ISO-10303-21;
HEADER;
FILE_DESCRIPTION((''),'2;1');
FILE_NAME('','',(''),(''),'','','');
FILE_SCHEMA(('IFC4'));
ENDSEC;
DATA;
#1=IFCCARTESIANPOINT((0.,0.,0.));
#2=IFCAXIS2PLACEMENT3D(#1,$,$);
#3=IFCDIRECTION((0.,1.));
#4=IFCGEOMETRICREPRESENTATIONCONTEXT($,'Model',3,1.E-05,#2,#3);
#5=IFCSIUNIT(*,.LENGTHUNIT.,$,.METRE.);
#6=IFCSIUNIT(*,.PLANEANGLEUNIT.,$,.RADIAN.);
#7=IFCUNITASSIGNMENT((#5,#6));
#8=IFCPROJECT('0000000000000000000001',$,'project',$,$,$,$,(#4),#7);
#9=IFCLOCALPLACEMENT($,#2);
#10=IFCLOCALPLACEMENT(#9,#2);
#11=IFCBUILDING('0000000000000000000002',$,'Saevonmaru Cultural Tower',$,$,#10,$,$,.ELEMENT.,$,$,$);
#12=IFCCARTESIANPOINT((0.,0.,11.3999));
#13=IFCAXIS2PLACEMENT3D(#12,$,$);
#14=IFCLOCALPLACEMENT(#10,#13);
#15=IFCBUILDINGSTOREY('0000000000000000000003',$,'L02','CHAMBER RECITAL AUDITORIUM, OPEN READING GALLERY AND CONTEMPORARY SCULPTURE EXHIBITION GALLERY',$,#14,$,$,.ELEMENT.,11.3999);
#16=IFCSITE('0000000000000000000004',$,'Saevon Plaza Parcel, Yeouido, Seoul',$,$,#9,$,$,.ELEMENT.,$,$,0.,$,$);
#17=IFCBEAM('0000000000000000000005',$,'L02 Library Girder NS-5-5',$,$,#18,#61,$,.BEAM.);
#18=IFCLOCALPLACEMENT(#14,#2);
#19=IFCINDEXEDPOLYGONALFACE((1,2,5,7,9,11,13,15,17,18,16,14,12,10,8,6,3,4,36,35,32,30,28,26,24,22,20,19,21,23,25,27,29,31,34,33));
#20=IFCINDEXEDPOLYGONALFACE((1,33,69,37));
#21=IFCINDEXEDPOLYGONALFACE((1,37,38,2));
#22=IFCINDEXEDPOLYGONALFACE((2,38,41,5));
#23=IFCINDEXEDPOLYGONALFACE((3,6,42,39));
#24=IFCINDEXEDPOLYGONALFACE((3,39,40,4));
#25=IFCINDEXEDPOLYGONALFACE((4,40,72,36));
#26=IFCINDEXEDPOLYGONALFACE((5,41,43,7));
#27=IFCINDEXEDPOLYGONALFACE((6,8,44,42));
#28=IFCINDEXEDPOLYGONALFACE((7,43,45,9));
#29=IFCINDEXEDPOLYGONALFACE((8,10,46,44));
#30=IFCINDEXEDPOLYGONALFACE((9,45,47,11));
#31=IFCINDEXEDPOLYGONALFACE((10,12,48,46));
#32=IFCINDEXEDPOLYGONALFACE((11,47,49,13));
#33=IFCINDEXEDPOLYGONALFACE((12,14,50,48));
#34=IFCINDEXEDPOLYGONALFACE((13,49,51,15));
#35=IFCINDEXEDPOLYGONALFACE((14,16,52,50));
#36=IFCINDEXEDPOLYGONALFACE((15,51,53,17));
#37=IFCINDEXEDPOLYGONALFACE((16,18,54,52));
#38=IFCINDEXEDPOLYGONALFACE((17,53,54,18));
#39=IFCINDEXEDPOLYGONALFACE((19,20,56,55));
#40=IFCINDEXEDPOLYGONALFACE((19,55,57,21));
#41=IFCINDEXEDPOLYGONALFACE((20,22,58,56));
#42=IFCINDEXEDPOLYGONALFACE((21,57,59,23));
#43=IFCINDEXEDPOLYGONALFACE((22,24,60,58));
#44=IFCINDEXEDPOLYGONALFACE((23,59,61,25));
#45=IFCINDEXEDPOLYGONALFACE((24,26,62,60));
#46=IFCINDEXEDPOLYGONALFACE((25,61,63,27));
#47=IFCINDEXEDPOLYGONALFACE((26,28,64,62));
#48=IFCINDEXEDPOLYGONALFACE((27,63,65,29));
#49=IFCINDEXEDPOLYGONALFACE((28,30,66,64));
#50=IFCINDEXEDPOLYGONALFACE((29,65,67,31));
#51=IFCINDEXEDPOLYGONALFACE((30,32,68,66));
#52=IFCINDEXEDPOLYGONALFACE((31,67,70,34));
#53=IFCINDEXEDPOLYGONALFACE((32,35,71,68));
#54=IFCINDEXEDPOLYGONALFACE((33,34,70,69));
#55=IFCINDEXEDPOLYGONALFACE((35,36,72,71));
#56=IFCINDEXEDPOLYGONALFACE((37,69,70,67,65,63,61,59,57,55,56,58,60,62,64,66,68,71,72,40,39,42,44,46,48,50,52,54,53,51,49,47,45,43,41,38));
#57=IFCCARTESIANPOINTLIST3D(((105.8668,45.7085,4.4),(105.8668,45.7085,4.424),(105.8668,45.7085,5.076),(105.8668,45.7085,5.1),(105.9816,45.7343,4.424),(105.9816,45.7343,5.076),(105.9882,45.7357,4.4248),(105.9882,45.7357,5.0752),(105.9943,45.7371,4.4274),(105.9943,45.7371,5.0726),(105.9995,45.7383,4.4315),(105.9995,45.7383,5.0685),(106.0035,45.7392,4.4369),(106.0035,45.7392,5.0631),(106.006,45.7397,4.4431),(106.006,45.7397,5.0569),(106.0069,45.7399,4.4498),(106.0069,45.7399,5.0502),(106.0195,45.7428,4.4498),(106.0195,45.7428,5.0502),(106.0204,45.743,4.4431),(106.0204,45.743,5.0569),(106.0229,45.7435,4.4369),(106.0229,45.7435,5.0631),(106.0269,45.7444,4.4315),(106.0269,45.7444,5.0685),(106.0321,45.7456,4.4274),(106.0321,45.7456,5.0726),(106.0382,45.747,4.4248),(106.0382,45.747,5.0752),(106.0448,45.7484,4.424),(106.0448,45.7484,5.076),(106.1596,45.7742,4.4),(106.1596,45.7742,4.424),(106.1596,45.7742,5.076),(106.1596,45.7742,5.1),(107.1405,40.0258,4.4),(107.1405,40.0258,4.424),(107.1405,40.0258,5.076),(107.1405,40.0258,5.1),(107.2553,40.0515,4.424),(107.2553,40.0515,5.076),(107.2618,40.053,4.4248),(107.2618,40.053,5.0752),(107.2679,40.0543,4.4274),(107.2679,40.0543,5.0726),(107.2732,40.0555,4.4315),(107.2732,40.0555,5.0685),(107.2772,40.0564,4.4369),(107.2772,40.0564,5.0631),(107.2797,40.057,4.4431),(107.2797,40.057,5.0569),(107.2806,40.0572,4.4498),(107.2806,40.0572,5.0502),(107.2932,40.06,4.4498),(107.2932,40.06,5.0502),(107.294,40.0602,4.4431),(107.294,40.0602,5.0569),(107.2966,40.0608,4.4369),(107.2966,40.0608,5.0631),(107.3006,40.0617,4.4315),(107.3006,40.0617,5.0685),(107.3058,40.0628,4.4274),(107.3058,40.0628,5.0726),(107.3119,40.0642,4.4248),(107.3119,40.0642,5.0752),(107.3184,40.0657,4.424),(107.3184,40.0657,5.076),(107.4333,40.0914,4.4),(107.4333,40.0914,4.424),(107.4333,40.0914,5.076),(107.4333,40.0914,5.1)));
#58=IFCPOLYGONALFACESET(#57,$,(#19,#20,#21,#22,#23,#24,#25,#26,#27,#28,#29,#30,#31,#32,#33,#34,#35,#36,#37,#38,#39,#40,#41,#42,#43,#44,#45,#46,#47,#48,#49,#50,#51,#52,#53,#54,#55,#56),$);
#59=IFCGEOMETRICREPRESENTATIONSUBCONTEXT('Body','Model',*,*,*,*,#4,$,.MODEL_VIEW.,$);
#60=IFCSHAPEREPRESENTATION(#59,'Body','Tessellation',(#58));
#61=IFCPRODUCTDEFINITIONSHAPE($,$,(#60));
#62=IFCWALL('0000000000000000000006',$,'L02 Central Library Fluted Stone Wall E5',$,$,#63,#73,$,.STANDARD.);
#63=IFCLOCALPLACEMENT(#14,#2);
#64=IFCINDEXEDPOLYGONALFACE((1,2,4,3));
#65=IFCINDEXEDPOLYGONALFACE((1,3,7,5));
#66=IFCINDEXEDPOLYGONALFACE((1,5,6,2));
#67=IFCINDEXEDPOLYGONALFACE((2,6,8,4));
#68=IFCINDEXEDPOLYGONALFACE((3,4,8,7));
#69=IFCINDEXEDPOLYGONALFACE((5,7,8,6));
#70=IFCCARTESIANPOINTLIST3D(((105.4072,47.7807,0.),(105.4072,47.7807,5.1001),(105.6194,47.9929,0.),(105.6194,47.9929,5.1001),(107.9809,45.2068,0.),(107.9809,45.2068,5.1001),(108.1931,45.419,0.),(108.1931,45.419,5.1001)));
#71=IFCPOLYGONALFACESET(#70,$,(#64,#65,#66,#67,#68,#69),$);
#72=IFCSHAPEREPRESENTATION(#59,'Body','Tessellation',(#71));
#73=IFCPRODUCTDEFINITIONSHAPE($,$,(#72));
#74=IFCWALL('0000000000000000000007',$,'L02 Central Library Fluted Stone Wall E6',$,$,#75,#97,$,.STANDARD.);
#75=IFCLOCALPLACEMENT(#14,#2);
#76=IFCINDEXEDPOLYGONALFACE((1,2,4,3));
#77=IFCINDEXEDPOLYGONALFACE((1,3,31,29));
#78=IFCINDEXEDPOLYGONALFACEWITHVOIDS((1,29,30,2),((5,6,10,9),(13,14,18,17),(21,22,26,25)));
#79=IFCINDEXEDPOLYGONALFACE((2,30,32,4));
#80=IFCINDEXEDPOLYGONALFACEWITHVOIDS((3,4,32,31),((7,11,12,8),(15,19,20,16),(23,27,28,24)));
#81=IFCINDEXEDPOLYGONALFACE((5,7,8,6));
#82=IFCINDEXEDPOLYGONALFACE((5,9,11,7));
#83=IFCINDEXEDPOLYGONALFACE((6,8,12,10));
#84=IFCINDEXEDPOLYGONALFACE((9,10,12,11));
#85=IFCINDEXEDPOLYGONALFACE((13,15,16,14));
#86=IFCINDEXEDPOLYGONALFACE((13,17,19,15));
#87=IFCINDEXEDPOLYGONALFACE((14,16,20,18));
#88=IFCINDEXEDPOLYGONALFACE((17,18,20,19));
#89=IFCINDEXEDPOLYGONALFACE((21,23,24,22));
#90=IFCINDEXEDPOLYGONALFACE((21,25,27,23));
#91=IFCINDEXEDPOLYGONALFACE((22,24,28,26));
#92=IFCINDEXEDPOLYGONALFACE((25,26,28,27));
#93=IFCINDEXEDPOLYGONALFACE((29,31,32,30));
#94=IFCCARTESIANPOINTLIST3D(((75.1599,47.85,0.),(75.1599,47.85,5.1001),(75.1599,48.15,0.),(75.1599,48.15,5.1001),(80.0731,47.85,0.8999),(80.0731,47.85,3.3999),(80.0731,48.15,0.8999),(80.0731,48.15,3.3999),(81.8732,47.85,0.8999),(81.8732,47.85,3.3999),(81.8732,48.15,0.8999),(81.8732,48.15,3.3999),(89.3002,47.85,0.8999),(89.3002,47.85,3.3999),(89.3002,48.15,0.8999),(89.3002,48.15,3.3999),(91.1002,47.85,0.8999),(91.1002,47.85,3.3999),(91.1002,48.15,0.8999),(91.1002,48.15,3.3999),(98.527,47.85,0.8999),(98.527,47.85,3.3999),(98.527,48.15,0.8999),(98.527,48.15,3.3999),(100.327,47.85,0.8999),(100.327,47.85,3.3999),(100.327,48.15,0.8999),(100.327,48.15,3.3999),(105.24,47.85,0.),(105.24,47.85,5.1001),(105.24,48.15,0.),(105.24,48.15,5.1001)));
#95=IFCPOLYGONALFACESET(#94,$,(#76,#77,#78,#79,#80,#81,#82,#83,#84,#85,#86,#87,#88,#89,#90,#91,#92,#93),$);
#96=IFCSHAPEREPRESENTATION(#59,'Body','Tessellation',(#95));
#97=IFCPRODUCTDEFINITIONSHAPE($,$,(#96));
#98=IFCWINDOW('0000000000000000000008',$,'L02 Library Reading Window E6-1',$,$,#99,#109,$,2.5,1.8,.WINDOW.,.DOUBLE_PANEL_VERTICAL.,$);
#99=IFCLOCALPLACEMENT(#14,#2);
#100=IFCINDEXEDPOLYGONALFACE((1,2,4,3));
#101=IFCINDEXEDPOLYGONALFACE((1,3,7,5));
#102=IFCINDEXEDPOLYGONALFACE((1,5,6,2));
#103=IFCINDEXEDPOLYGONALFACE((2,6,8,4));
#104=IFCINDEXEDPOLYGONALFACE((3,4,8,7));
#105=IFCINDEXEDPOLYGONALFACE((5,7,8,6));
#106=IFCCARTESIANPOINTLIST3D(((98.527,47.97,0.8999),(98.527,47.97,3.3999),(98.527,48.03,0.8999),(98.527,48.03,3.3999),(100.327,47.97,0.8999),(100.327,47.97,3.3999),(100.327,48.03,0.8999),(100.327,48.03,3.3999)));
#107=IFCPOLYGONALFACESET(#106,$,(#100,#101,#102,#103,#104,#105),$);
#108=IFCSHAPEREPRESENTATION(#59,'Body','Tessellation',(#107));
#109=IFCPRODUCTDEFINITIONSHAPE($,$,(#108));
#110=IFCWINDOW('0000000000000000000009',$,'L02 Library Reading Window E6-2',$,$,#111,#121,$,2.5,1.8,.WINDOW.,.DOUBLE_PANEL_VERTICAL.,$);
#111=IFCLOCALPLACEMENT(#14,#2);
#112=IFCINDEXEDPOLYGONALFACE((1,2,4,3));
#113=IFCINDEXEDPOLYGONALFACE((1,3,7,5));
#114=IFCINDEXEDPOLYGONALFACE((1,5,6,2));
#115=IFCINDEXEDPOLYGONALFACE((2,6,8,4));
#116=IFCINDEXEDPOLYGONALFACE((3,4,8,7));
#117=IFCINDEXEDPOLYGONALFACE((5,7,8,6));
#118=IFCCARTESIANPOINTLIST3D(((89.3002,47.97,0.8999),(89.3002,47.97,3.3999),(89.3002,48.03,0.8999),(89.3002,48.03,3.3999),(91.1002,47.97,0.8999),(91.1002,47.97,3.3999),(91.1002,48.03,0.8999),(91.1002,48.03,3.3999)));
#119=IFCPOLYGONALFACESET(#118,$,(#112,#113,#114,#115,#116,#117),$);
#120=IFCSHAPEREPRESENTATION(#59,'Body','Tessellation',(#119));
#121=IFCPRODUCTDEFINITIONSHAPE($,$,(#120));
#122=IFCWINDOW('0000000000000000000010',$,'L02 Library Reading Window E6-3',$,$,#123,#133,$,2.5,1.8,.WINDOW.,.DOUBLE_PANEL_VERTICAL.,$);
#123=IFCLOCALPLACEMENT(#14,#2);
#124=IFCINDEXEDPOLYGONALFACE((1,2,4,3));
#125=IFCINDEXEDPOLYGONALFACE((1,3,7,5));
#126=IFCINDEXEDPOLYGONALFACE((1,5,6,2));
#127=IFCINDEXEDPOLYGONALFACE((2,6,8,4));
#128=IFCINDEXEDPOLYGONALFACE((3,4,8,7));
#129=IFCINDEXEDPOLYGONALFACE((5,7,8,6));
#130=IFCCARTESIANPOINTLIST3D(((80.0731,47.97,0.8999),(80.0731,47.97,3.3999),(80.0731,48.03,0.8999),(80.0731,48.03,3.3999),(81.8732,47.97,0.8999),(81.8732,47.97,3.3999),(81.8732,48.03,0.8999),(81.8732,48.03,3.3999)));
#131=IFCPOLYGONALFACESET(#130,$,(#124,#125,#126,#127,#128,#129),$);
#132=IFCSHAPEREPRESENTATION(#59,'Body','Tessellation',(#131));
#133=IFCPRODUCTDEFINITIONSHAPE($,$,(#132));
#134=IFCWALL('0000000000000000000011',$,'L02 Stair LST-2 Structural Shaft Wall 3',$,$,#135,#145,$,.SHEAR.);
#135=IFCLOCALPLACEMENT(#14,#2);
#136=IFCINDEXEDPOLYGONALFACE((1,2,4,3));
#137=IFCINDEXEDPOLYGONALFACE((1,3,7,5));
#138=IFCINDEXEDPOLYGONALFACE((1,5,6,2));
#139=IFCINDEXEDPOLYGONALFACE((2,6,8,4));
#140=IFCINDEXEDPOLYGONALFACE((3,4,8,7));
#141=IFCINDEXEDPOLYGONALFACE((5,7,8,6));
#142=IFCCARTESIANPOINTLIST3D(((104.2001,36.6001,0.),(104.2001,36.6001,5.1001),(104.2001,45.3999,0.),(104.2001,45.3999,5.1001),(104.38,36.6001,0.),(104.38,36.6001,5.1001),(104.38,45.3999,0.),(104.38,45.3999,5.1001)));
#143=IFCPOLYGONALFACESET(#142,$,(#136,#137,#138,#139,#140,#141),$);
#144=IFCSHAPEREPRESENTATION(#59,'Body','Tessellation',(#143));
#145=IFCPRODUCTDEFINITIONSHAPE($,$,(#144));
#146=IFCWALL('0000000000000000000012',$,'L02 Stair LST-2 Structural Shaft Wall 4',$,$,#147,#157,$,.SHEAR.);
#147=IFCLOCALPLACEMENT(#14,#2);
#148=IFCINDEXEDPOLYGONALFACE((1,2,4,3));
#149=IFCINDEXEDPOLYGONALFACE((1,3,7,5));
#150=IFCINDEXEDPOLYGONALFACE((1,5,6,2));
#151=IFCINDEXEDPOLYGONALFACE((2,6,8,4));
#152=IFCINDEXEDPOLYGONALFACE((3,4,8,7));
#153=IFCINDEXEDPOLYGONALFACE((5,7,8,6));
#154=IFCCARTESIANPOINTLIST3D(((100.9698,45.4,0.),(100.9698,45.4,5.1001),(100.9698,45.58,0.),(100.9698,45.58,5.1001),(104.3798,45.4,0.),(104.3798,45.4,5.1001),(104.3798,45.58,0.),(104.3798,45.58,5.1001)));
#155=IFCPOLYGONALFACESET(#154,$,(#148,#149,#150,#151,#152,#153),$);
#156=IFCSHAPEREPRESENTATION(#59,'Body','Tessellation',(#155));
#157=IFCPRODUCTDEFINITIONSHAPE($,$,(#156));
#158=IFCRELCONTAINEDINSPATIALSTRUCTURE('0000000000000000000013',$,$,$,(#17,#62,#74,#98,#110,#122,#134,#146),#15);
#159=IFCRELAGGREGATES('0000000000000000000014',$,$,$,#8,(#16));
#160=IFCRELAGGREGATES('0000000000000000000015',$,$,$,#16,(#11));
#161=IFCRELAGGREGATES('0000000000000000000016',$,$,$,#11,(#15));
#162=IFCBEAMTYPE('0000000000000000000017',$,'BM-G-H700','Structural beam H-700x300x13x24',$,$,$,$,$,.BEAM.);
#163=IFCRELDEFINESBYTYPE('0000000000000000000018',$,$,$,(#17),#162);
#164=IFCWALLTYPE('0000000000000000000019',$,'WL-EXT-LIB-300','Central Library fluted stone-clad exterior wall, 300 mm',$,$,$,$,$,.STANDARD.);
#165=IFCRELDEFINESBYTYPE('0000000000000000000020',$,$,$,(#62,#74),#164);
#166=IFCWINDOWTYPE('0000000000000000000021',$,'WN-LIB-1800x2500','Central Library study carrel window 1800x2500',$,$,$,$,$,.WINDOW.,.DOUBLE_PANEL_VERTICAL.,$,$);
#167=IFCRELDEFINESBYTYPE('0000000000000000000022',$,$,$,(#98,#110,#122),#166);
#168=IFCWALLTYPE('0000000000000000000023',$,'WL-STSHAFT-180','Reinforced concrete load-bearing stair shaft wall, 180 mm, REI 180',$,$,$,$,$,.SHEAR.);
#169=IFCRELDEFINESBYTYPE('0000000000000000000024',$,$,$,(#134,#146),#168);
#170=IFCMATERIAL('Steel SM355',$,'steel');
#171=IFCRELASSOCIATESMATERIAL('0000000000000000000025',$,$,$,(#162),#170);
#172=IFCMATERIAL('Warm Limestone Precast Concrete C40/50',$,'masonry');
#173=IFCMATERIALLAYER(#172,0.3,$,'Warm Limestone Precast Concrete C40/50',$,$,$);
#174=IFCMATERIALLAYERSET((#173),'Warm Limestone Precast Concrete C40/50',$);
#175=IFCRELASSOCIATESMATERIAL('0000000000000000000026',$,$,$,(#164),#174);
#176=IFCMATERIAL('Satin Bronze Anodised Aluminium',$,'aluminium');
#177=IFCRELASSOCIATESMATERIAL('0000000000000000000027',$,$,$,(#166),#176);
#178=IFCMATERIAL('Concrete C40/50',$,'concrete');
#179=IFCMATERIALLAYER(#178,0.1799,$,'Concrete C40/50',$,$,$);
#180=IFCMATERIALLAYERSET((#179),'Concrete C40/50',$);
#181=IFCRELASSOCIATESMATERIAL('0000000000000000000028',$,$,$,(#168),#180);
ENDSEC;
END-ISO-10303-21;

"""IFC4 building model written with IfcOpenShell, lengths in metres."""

from ifc_helpers import new_model, si_unit, direction, frame, frame_2d, origin, origin_2d, place, context, subcontext, project, spatial, rectangle, i_section, extrude, material, layer, layer_set, material_profile, profile_set, type_object, element, fill, save


model = new_model("IFC4")

# Units and contexts
model_context = context("Model", 3, precision=1e-05, world=origin(), true_north=direction((0.0, 1.0)))
body_context = subcontext(model_context, "Body", "Model", "MODEL_VIEW")
ifc_project = project(units=[si_unit("LENGTHUNIT", "METRE"), si_unit("PLANEANGLEUNIT", "RADIAN")], contexts=[model_context])

# Site, building, storey
site_placement = place(None, origin())
site = spatial("IfcSite", under=ifc_project, at=site_placement, Name="Saevon Plaza Parcel, Yeouido, Seoul", CompositionType="ELEMENT", RefElevation=0.0)
building_placement = place(site_placement, origin())
building = spatial("IfcBuilding", under=site, at=building_placement, Name="Saevonmaru Cultural Tower", CompositionType="ELEMENT")
storey_placement = place(building_placement, frame((0.0, 0.0, 11.3999)))
storey = spatial("IfcBuildingStorey", under=building, at=storey_placement, Name="L02", Description="CHAMBER RECITAL AUDITORIUM, OPEN READING GALLERY AND CONTEMPORARY SCULPTURE EXHIBITION GALLERY", CompositionType="ELEMENT", Elevation=11.3999)

# Shared definitions
ifc_material_1 = material(Name="Steel SM355", Category="steel")

# Beam
ifc_material_profile_1 = material_profile(ifc_material_1, i_section(OverallWidth=0.3, OverallDepth=0.7, WebThickness=0.0129, FlangeThickness=0.0239, FilletRadius=0.0259, at=origin_2d()), Name="H-700x300x13x24")
ifc_profile_set_1 = profile_set([ifc_material_profile_1], Name="Steel SM355")
beam_type = type_object("IfcBeamType", Name="BM-G-H700", Description="Structural beam H-700x300x13x24", PredefinedType="BEAM", material=ifc_profile_set_1)
beam_1_placement = place(storey_placement, frame((107.2869, 40.0586, 4.75), z_axis=(-0.218701, 0.975792, 0.0), x_axis=(-0.975792, -0.218701, 0.0)))
element("IfcBeam", 1, at=beam_1_placement, inside=storey, type_object=beam_type, Name="L02 Library Girder NS-5-5", PredefinedType="BEAM", context=body_context, shape_type="SweptSolid", body=[
    extrude(i_section(OverallWidth=0.3, OverallDepth=0.7, WebThickness=0.0129, FlangeThickness=0.0239, FilletRadius=0.0259, at=origin_2d()), origin(), (0.0, 0.0, 1.0), 5.8237),
])

# Wall
ifc_material_2 = material(Name="Warm Limestone Precast Concrete C40/50", Category="masonry")
ifc_layer_1 = layer(ifc_material_2, 0.3, Name="Warm Limestone Precast Concrete C40/50")
ifc_layer_set_1 = layer_set([ifc_layer_1], Name="Warm Limestone Precast Concrete C40/50")
wall_type_1 = type_object("IfcWallType", Name="WL-EXT-LIB-300", Description="Central Library fluted stone-clad exterior wall, 300 mm", PredefinedType="STANDARD", material=ifc_layer_set_1)
wall_1_placement = place(storey_placement, frame((108.0869, 45.313, 0.0), z_axis=(0.0, 0.0, 1.0), x_axis=(-0.707073, 0.70714, 0.0)))
element("IfcWall", 2, at=wall_1_placement, inside=storey, type_object=wall_type_1, Name="L02 Central Library Fluted Stone Wall E5", PredefinedType="STANDARD", context=body_context, shape_type="SweptSolid", body=[
    extrude(rectangle(XDim=3.6399, YDim=0.3, at=frame_2d((1.8198, 0.0))), origin(), (0.0, 0.0, 1.0), 5.1001),
])

# Wall, openings, windows
wall_2_placement = place(storey_placement, frame((105.24, 48.0, 0.0), z_axis=(0.0, 0.0, 1.0), x_axis=(-1.0, 0.0, 0.0)))
wall_2 = element("IfcWall", 3, at=wall_2_placement, inside=storey, type_object=wall_type_1, Name="L02 Central Library Fluted Stone Wall E6", PredefinedType="STANDARD", context=body_context, shape_type="SweptSolid", body=[
    extrude(rectangle(XDim=30.0801, YDim=0.3, at=frame_2d((15.04, 0.0))), origin(), (0.0, 0.0, 1.0), 5.1001),
])
opening_1_placement = place(wall_2_placement, frame((4.9131, 0.0, 0.8999)))
opening_1 = element("IfcOpeningElement", 4, at=opening_1_placement, cuts=wall_2, PredefinedType="OPENING", context=body_context, shape_type="SweptSolid", body=[
    extrude(rectangle(XDim=1.8, YDim=2.5, at=frame_2d((0.8999, 1.25))), frame((0.0, 0.1602, 0.0), z_axis=(0.0, -1.0, 0.0), x_axis=(1.0, 0.0, 0.0)), (0.0, 0.0, 1.0), 0.3201),
])
opening_2_placement = place(wall_2_placement, frame((14.1399, 0.0, 0.8999)))
opening_2 = element("IfcOpeningElement", 5, at=opening_2_placement, cuts=wall_2, PredefinedType="OPENING", context=body_context, shape_type="SweptSolid", body=[
    extrude(rectangle(XDim=1.8, YDim=2.5, at=frame_2d((0.8999, 1.25))), frame((0.0, 0.1602, 0.0), z_axis=(0.0, -1.0, 0.0), x_axis=(1.0, 0.0, 0.0)), (0.0, 0.0, 1.0), 0.3201),
])
opening_3_placement = place(wall_2_placement, frame((23.3669, 0.0, 0.8999)))
opening_3 = element("IfcOpeningElement", 6, at=opening_3_placement, cuts=wall_2, PredefinedType="OPENING", context=body_context, shape_type="SweptSolid", body=[
    extrude(rectangle(XDim=1.8, YDim=2.5, at=frame_2d((0.8999, 1.25))), frame((0.0, 0.1602, 0.0), z_axis=(0.0, -1.0, 0.0), x_axis=(1.0, 0.0, 0.0)), (0.0, 0.0, 1.0), 0.3201),
])
ifc_material_3 = material(Name="Satin Bronze Anodised Aluminium", Category="aluminium")
window_type = type_object("IfcWindowType", Name="WN-LIB-1800x2500", Description="Central Library study carrel window 1800x2500", PartitioningType="DOUBLE_PANEL_VERTICAL", PredefinedType="WINDOW", material=ifc_material_3)
window_1_placement = place(opening_1_placement, origin())
window_1 = element("IfcWindow", 7, at=window_1_placement, inside=storey, type_object=window_type, Name="L02 Library Reading Window E6-1", OverallHeight=2.5, OverallWidth=1.8, PartitioningType="DOUBLE_PANEL_VERTICAL", PredefinedType="WINDOW", context=body_context, shape_type="SweptSolid", body=[
    extrude(rectangle(XDim=1.8, YDim=2.5, at=frame_2d((0.8999, 1.25))), frame((0.0, 0.03, 0.0), z_axis=(0.0, -1.0, 0.0), x_axis=(1.0, 0.0, 0.0)), (0.0, 0.0, 1.0), 0.0601),
])
fill(opening_1, window_1)
window_2_placement = place(opening_2_placement, origin())
window_2 = element("IfcWindow", 8, at=window_2_placement, inside=storey, type_object=window_type, Name="L02 Library Reading Window E6-2", OverallHeight=2.5, OverallWidth=1.8, PartitioningType="DOUBLE_PANEL_VERTICAL", PredefinedType="WINDOW", context=body_context, shape_type="SweptSolid", body=[
    extrude(rectangle(XDim=1.8, YDim=2.5, at=frame_2d((0.8999, 1.25))), frame((0.0, 0.03, 0.0), z_axis=(0.0, -1.0, 0.0), x_axis=(1.0, 0.0, 0.0)), (0.0, 0.0, 1.0), 0.0601),
])
fill(opening_2, window_2)
window_3_placement = place(opening_3_placement, origin())
window_3 = element("IfcWindow", 9, at=window_3_placement, inside=storey, type_object=window_type, Name="L02 Library Reading Window E6-3", OverallHeight=2.5, OverallWidth=1.8, PartitioningType="DOUBLE_PANEL_VERTICAL", PredefinedType="WINDOW", context=body_context, shape_type="SweptSolid", body=[
    extrude(rectangle(XDim=1.8, YDim=2.5, at=frame_2d((0.8999, 1.25))), frame((0.0, 0.03, 0.0), z_axis=(0.0, -1.0, 0.0), x_axis=(1.0, 0.0, 0.0)), (0.0, 0.0, 1.0), 0.0601),
])
fill(opening_3, window_3)

# Walls
ifc_material_4 = material(Name="Concrete C40/50", Category="concrete")
ifc_layer_2 = layer(ifc_material_4, 0.1799, Name="Concrete C40/50")
ifc_layer_set_2 = layer_set([ifc_layer_2], Name="Concrete C40/50")
wall_type_2 = type_object("IfcWallType", Name="WL-STSHAFT-180", Description="Reinforced concrete load-bearing stair shaft wall, 180 mm, REI 180", PredefinedType="SHEAR", material=ifc_layer_set_2)
wall_3_placement = place(storey_placement, frame((104.29, 36.6001, 0.0), z_axis=(0.0, 0.0, 1.0), x_axis=(0.0, 1.0, 0.0)))
element("IfcWall", 10, at=wall_3_placement, inside=storey, type_object=wall_type_2, Name="L02 Stair LST-2 Structural Shaft Wall 3", PredefinedType="SHEAR", context=body_context, shape_type="SweptSolid", body=[
    extrude(rectangle(XDim=8.7998, YDim=0.1799, at=frame_2d((4.3999, 0.0))), origin(), (0.0, 0.0, 1.0), 5.1001),
])
wall_4_placement = place(storey_placement, frame((104.3799, 45.49, 0.0), z_axis=(0.0, 0.0, 1.0), x_axis=(-1.0, 0.0, 0.0)))
element("IfcWall", 11, at=wall_4_placement, inside=storey, type_object=wall_type_2, Name="L02 Stair LST-2 Structural Shaft Wall 4", PredefinedType="SHEAR", context=body_context, shape_type="SweptSolid", body=[
    extrude(rectangle(XDim=3.4099, YDim=0.1799, at=frame_2d((1.7051, 0.0))), origin(), (0.0, 0.0, 1.0), 5.1001),
])

save(model, "model.ifc")
